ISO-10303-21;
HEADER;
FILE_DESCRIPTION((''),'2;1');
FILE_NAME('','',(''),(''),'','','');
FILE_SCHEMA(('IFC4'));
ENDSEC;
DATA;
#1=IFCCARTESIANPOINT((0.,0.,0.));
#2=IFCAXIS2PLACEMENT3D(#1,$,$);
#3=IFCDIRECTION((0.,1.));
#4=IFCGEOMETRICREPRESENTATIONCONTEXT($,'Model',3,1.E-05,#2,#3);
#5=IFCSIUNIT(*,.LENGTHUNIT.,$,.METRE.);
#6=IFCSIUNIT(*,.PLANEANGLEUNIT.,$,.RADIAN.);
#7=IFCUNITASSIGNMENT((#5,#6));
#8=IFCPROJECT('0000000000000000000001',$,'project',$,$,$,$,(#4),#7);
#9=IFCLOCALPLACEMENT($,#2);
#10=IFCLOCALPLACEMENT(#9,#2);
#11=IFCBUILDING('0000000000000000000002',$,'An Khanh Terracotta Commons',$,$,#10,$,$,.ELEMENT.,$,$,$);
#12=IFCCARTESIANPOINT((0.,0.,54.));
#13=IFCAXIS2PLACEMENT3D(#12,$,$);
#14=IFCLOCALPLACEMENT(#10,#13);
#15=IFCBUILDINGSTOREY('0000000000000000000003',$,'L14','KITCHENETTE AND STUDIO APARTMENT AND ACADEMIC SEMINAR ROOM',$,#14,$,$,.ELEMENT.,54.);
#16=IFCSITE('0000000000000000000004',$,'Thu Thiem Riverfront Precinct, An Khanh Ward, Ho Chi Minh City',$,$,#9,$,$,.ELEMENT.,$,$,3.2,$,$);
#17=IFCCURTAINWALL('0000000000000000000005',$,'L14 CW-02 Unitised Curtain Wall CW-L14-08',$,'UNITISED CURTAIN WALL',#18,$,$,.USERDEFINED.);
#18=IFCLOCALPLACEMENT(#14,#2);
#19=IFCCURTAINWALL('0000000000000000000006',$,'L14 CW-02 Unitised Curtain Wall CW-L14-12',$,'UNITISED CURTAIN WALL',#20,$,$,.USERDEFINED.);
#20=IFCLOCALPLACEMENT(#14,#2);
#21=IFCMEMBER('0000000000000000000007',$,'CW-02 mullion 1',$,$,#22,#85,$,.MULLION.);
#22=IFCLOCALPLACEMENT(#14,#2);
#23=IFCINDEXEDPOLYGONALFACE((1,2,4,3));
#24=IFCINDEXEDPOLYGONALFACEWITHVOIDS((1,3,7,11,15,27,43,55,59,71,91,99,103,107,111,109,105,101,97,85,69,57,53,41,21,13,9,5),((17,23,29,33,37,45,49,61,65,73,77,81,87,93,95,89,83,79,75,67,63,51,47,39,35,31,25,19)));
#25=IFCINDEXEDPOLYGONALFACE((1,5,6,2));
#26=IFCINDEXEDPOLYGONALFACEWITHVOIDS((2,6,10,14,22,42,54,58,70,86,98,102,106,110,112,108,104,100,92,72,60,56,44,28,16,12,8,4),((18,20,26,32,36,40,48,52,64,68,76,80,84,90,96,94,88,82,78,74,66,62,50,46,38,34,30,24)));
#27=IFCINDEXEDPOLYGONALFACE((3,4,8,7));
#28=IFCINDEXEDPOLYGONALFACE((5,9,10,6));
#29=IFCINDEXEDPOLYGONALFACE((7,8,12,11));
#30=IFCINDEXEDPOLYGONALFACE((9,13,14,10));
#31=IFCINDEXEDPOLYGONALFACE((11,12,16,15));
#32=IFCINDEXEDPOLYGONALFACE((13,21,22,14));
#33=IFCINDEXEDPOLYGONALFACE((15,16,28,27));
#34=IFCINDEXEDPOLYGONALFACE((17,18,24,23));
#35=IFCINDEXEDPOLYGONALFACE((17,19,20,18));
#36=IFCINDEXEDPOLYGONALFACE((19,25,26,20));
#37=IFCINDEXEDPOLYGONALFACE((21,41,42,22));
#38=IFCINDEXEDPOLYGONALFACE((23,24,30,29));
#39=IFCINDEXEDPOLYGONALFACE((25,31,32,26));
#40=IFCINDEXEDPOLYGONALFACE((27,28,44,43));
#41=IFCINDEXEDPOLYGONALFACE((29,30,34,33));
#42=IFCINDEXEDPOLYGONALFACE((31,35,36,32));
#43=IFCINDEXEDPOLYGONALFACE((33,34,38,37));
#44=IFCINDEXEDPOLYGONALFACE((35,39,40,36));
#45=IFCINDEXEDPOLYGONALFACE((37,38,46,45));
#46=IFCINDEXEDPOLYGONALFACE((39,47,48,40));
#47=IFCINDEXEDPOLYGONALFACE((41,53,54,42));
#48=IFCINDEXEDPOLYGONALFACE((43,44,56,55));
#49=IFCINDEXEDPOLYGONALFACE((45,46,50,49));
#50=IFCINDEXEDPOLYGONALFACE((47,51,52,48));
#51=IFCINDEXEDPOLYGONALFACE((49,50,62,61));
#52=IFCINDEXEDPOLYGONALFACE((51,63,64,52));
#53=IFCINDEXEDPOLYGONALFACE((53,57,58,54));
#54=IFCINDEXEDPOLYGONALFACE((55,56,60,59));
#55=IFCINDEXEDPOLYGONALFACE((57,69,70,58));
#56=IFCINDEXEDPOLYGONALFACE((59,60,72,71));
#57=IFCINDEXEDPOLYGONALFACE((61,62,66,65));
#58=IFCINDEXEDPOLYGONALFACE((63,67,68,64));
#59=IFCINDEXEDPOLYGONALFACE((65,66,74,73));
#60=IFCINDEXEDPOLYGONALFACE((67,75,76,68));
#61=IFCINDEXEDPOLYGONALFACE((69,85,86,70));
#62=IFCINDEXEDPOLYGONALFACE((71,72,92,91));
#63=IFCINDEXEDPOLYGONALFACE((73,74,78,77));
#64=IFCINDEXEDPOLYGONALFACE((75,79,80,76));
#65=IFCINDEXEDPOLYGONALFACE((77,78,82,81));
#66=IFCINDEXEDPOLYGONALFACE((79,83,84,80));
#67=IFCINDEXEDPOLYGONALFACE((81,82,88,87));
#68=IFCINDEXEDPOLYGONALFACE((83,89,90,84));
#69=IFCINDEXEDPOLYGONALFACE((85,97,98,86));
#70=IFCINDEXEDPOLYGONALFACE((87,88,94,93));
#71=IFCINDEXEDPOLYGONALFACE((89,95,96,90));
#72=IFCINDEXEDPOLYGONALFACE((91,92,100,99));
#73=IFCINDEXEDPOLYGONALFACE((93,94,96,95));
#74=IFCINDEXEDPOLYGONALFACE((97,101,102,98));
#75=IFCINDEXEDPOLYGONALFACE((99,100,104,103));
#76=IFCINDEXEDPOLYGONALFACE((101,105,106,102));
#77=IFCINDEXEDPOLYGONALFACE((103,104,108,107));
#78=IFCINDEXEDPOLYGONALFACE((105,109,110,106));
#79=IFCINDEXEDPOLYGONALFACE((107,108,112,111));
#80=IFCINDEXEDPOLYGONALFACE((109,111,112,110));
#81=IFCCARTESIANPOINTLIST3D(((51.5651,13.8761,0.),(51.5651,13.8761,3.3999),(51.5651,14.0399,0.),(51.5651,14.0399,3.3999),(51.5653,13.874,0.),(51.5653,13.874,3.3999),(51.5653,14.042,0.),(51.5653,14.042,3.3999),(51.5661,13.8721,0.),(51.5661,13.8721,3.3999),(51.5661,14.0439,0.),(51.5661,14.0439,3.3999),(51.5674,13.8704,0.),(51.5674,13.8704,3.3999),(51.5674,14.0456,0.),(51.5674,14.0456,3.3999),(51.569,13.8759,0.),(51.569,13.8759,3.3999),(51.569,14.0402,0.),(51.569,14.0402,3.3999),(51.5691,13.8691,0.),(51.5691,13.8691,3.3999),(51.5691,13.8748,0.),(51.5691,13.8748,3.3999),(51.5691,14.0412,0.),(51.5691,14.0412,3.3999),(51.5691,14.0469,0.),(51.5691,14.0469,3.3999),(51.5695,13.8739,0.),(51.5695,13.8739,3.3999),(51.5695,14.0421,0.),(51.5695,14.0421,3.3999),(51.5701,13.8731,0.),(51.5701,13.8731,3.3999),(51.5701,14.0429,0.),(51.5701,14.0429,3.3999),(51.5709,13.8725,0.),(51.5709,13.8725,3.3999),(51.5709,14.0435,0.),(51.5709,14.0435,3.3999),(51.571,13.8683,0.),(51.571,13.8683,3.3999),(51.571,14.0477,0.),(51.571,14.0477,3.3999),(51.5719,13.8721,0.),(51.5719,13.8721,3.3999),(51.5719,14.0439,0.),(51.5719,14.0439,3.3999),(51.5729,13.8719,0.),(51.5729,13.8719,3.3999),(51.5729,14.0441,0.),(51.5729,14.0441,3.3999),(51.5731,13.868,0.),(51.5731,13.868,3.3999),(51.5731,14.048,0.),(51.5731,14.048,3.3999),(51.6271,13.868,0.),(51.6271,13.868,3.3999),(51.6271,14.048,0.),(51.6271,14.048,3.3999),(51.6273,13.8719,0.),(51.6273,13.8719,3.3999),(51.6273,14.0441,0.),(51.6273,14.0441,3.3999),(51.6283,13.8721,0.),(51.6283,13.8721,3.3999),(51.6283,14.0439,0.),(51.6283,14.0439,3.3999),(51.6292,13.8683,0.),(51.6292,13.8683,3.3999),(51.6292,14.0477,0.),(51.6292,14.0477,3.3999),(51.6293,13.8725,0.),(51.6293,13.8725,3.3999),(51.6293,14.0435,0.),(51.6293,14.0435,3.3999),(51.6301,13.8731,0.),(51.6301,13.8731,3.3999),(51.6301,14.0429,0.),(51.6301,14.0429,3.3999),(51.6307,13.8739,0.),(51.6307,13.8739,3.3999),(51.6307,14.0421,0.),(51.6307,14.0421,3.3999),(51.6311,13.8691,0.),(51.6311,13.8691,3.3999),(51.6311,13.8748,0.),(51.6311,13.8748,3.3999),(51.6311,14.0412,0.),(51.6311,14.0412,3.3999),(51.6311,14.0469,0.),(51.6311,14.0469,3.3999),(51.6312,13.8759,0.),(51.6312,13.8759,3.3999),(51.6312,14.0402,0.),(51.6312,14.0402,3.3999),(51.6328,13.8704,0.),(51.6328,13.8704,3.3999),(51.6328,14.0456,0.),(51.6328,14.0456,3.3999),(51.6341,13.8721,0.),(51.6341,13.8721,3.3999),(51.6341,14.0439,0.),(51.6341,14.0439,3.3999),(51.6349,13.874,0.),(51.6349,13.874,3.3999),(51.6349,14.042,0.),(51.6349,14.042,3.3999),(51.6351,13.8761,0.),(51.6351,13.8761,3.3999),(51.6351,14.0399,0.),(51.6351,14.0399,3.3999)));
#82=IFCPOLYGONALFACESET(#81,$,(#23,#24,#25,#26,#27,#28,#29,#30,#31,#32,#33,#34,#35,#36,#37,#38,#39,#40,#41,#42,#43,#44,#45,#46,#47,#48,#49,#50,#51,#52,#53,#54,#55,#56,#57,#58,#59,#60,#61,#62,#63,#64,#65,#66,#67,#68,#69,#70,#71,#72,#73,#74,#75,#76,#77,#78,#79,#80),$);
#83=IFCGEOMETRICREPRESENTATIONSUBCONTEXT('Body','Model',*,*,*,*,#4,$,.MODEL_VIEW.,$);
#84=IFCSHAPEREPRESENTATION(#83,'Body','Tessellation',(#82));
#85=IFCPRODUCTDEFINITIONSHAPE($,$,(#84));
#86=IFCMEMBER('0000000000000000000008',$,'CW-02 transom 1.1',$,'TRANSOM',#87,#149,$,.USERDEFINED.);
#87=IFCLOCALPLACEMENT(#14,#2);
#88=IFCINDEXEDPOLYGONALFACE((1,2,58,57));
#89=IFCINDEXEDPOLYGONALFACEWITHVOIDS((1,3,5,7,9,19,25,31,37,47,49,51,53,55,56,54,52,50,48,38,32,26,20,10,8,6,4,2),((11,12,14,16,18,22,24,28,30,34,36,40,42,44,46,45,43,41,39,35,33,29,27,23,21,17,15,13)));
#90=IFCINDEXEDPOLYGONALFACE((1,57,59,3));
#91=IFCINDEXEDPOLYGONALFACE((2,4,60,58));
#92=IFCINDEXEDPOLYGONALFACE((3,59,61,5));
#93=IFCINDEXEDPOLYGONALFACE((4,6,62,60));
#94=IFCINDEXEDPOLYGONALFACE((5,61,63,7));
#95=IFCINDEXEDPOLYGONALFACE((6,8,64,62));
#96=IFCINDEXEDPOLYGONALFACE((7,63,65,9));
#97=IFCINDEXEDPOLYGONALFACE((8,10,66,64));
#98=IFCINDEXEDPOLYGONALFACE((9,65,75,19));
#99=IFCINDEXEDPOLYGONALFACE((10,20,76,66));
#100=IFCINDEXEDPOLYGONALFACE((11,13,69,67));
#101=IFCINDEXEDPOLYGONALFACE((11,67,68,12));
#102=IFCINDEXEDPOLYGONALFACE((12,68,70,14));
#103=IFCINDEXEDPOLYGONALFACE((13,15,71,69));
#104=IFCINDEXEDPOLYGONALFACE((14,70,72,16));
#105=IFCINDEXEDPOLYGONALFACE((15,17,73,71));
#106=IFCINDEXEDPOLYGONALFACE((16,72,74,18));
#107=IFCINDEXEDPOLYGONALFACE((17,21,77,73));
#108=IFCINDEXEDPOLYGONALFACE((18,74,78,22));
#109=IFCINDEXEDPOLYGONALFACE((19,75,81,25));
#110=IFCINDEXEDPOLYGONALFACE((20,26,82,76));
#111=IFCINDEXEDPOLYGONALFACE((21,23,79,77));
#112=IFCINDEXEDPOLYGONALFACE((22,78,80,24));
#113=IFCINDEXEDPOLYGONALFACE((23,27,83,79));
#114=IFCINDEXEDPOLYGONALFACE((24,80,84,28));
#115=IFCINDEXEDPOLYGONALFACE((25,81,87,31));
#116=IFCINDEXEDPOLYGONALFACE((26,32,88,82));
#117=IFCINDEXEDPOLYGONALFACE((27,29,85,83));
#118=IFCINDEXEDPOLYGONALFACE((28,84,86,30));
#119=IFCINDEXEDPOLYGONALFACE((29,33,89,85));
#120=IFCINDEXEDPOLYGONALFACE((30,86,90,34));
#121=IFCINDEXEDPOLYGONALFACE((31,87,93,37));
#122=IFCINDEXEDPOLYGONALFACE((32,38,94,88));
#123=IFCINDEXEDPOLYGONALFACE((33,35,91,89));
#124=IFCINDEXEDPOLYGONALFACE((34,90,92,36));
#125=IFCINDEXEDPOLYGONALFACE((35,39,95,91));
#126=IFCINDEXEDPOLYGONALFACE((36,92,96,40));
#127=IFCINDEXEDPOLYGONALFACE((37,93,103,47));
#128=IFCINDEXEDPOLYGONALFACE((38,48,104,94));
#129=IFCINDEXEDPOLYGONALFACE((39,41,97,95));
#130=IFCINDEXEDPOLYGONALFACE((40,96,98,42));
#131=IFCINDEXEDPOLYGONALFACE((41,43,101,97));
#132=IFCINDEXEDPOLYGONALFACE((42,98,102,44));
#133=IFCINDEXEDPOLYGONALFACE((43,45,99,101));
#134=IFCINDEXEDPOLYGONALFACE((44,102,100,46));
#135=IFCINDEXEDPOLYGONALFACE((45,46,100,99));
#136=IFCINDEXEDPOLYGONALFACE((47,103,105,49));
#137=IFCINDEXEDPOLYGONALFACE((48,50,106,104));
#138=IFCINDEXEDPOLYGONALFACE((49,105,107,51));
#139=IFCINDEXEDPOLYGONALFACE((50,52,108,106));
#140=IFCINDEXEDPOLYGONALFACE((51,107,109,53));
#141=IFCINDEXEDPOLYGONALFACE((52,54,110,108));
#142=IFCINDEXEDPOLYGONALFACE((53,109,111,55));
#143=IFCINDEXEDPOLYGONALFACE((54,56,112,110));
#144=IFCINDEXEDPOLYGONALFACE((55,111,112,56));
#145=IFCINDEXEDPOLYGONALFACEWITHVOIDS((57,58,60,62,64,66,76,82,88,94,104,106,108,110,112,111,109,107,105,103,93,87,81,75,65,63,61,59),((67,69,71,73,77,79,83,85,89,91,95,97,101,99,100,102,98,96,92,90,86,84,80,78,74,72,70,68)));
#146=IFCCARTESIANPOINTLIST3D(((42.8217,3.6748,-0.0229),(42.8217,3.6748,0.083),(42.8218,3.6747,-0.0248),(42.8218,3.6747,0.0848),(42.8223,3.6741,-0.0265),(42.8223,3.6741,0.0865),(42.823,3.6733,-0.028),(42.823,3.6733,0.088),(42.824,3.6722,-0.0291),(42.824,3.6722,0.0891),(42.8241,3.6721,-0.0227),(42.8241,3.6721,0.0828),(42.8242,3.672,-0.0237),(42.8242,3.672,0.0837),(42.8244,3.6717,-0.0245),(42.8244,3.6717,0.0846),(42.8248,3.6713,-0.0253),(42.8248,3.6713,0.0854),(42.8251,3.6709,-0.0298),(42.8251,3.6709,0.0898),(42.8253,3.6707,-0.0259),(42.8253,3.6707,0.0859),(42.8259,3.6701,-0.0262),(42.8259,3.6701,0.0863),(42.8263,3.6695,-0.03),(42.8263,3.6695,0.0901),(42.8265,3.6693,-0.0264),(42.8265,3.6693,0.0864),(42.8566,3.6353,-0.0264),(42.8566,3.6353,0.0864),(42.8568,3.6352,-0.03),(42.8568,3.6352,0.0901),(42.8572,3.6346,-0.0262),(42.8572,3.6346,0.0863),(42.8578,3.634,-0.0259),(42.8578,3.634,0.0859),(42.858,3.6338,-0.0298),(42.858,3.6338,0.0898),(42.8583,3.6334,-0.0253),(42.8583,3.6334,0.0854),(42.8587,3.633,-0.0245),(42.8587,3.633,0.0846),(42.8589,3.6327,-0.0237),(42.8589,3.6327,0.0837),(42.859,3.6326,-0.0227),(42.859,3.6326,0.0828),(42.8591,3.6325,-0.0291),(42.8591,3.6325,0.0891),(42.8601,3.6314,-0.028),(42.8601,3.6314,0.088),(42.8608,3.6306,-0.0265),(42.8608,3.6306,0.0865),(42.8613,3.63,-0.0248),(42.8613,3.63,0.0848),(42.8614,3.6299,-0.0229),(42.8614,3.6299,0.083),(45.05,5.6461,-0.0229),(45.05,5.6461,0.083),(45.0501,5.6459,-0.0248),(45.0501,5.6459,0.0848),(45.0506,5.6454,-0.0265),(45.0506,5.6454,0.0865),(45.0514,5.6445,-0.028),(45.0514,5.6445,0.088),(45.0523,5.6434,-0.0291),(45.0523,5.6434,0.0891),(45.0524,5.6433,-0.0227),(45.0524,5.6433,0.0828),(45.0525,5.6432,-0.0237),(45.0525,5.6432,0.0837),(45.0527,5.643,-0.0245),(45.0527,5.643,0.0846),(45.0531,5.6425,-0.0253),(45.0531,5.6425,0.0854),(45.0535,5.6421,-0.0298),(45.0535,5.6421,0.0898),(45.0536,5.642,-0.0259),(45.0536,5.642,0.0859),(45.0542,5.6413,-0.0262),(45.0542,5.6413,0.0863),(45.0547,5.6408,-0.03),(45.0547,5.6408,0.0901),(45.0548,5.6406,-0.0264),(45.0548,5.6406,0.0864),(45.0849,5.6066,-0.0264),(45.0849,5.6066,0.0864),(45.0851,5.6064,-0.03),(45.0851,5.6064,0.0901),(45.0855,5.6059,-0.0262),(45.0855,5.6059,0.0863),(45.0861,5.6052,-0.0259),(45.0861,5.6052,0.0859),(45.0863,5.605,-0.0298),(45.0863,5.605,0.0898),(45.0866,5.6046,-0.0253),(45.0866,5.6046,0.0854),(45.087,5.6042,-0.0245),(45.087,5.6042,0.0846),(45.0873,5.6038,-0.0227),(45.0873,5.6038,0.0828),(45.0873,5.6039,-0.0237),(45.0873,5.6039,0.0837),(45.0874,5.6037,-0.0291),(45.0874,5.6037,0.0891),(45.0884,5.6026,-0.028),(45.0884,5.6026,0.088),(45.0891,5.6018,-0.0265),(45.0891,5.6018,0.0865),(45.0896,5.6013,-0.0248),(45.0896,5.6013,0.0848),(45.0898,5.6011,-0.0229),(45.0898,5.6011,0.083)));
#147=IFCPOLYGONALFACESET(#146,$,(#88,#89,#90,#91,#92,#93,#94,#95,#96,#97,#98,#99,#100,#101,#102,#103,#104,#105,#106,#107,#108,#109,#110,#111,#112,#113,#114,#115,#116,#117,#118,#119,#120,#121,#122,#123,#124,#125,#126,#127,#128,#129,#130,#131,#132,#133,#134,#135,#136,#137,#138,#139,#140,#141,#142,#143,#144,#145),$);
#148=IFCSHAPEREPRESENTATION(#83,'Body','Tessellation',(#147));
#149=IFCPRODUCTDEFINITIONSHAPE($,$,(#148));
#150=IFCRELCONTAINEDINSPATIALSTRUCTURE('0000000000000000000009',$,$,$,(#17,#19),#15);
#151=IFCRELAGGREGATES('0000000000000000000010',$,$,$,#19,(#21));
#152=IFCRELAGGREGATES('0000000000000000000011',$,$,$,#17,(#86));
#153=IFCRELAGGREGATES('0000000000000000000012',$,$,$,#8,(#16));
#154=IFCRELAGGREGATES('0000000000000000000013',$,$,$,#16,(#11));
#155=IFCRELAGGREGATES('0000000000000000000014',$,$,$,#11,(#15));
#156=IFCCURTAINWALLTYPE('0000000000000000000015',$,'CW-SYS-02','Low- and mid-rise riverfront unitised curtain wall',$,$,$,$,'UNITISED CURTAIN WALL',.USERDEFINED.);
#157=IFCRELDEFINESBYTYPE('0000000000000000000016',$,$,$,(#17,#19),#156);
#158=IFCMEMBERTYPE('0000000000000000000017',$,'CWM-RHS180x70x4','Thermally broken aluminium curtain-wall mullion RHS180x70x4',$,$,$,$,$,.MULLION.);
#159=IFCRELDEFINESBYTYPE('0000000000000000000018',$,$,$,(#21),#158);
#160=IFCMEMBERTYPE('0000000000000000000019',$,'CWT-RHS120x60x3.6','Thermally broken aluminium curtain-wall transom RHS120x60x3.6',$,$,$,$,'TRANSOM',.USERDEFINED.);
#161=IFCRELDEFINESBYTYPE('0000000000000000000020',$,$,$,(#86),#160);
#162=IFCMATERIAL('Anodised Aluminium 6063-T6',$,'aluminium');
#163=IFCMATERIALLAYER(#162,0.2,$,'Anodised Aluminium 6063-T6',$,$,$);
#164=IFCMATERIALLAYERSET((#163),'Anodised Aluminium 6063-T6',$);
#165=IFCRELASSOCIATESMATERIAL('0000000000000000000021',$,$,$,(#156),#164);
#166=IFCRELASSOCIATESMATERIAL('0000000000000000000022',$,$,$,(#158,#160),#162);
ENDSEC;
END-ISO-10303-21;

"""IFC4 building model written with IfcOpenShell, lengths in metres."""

from ifc_helpers import new_model, si_unit, direction, frame, origin, origin_2d, place, context, subcontext, project, spatial, hollow_rectangle, extrude, material, layer, layer_set, material_profile, profile_set, type_object, element, aggregate, save


model = new_model("IFC4")

# Units and contexts
model_context = context("Model", 3, precision=1e-05, world=origin(), true_north=direction((0.0, 1.0)))
body_context = subcontext(model_context, "Body", "Model", "MODEL_VIEW")
ifc_project = project(units=[si_unit("LENGTHUNIT", "METRE"), si_unit("PLANEANGLEUNIT", "RADIAN")], contexts=[model_context])

# Site, building, storey
site_placement = place(None, origin())
site = spatial("IfcSite", under=ifc_project, at=site_placement, Name="Thu Thiem Riverfront Precinct, An Khanh Ward, Ho Chi Minh City", CompositionType="ELEMENT", RefElevation=3.2)
building_placement = place(site_placement, origin())
building = spatial("IfcBuilding", under=site, at=building_placement, Name="An Khanh Terracotta Commons", CompositionType="ELEMENT")
storey_placement = place(building_placement, frame((0.0, 0.0, 54.0)))
storey = spatial("IfcBuildingStorey", under=building, at=storey_placement, Name="L14", Description="KITCHENETTE AND STUDIO APARTMENT AND ACADEMIC SEMINAR ROOM", CompositionType="ELEMENT", Elevation=54.0)

# Curtain wall
ifc_material_1 = material(Name="Anodised Aluminium 6063-T6", Category="aluminium")
ifc_layer_1 = layer(ifc_material_1, 0.2, Name="Anodised Aluminium 6063-T6")
ifc_layer_set_1 = layer_set([ifc_layer_1], Name="Anodised Aluminium 6063-T6")
curtain_wall_type = type_object("IfcCurtainWallType", Name="CW-SYS-02", Description="Low- and mid-rise riverfront unitised curtain wall", ElementType="UNITISED CURTAIN WALL", PredefinedType="USERDEFINED", material=ifc_layer_set_1)
curtain_wall_1_placement = place(storey_placement, origin())
curtain_wall_1 = element("IfcCurtainWall", 1, at=curtain_wall_1_placement, inside=storey, type_object=curtain_wall_type, Name="L14 CW-02 Unitised Curtain Wall CW-L14-08", ObjectType="UNITISED CURTAIN WALL", PredefinedType="USERDEFINED")
ifc_material_profile_1 = material_profile(ifc_material_1, hollow_rectangle(XDim=0.0701, YDim=0.1799, WallThickness=0.0039, InnerFilletRadius=0.0039, OuterFilletRadius=0.0081, at=origin_2d()), Name="RHS180x70x4")
ifc_profile_set_1 = profile_set([ifc_material_profile_1], Name="Anodised Aluminium 6063-T6")
member_type_1 = type_object("IfcMemberType", Name="CWM-RHS180x70x4", Description="Thermally broken aluminium curtain-wall mullion RHS180x70x4", PredefinedType="MULLION", material=ifc_profile_set_1)

# Curtain wall, member
curtain_wall_2_placement = place(storey_placement, origin())
curtain_wall_2 = element("IfcCurtainWall", 2, at=curtain_wall_2_placement, inside=storey, type_object=curtain_wall_type, Name="L14 CW-02 Unitised Curtain Wall CW-L14-12", ObjectType="UNITISED CURTAIN WALL", PredefinedType="USERDEFINED")
member_1_placement = place(storey_placement, frame((51.6001, 13.958, 0.0), z_axis=(0.0, 0.0, 1.0), x_axis=(-1.0, 0.0, 0.0)))
member_1 = element("IfcMember", 3, at=member_1_placement, type_object=member_type_1, Name="CW-02 mullion 1", PredefinedType="MULLION", context=body_context, shape_type="SweptSolid", body=[
    extrude(hollow_rectangle(XDim=0.0701, YDim=0.1799, WallThickness=0.0039, InnerFilletRadius=0.0039, OuterFilletRadius=0.0081, at=origin_2d()), origin(), (0.0, 0.0, 1.0), 3.3999),
])

# Member
ifc_material_profile_2 = material_profile(ifc_material_1, hollow_rectangle(XDim=0.0601, YDim=0.1201, WallThickness=0.0037, InnerFilletRadius=0.0037, OuterFilletRadius=0.0071, at=origin_2d()), Name="RHS120x60x3.6")
ifc_profile_set_2 = profile_set([ifc_material_profile_2], Name="Anodised Aluminium 6063-T6")
member_type_2 = type_object("IfcMemberType", Name="CWT-RHS120x60x3.6", Description="Thermally broken aluminium curtain-wall transom RHS120x60x3.6", ElementType="TRANSOM", PredefinedType="USERDEFINED", material=ifc_profile_set_2)
member_2_placement = place(storey_placement, frame((42.8416, 3.6523, 0.03), z_axis=(0.748992, 0.662579, 0.0), x_axis=(-0.662579, 0.748992, 0.0)))
member_2 = element("IfcMember", 4, at=member_2_placement, type_object=member_type_2, Name="CW-02 transom 1.1", ObjectType="TRANSOM", PredefinedType="USERDEFINED", context=body_context, shape_type="SweptSolid", body=[
    extrude(hollow_rectangle(XDim=0.0601, YDim=0.1201, WallThickness=0.0037, InnerFilletRadius=0.0037, OuterFilletRadius=0.0071, at=origin_2d()), origin(), (0.0, 0.0, 1.0), 2.9751),
])
aggregate(curtain_wall_2, [member_1])

aggregate(curtain_wall_1, [member_2])

save(model, "model.ifc")
